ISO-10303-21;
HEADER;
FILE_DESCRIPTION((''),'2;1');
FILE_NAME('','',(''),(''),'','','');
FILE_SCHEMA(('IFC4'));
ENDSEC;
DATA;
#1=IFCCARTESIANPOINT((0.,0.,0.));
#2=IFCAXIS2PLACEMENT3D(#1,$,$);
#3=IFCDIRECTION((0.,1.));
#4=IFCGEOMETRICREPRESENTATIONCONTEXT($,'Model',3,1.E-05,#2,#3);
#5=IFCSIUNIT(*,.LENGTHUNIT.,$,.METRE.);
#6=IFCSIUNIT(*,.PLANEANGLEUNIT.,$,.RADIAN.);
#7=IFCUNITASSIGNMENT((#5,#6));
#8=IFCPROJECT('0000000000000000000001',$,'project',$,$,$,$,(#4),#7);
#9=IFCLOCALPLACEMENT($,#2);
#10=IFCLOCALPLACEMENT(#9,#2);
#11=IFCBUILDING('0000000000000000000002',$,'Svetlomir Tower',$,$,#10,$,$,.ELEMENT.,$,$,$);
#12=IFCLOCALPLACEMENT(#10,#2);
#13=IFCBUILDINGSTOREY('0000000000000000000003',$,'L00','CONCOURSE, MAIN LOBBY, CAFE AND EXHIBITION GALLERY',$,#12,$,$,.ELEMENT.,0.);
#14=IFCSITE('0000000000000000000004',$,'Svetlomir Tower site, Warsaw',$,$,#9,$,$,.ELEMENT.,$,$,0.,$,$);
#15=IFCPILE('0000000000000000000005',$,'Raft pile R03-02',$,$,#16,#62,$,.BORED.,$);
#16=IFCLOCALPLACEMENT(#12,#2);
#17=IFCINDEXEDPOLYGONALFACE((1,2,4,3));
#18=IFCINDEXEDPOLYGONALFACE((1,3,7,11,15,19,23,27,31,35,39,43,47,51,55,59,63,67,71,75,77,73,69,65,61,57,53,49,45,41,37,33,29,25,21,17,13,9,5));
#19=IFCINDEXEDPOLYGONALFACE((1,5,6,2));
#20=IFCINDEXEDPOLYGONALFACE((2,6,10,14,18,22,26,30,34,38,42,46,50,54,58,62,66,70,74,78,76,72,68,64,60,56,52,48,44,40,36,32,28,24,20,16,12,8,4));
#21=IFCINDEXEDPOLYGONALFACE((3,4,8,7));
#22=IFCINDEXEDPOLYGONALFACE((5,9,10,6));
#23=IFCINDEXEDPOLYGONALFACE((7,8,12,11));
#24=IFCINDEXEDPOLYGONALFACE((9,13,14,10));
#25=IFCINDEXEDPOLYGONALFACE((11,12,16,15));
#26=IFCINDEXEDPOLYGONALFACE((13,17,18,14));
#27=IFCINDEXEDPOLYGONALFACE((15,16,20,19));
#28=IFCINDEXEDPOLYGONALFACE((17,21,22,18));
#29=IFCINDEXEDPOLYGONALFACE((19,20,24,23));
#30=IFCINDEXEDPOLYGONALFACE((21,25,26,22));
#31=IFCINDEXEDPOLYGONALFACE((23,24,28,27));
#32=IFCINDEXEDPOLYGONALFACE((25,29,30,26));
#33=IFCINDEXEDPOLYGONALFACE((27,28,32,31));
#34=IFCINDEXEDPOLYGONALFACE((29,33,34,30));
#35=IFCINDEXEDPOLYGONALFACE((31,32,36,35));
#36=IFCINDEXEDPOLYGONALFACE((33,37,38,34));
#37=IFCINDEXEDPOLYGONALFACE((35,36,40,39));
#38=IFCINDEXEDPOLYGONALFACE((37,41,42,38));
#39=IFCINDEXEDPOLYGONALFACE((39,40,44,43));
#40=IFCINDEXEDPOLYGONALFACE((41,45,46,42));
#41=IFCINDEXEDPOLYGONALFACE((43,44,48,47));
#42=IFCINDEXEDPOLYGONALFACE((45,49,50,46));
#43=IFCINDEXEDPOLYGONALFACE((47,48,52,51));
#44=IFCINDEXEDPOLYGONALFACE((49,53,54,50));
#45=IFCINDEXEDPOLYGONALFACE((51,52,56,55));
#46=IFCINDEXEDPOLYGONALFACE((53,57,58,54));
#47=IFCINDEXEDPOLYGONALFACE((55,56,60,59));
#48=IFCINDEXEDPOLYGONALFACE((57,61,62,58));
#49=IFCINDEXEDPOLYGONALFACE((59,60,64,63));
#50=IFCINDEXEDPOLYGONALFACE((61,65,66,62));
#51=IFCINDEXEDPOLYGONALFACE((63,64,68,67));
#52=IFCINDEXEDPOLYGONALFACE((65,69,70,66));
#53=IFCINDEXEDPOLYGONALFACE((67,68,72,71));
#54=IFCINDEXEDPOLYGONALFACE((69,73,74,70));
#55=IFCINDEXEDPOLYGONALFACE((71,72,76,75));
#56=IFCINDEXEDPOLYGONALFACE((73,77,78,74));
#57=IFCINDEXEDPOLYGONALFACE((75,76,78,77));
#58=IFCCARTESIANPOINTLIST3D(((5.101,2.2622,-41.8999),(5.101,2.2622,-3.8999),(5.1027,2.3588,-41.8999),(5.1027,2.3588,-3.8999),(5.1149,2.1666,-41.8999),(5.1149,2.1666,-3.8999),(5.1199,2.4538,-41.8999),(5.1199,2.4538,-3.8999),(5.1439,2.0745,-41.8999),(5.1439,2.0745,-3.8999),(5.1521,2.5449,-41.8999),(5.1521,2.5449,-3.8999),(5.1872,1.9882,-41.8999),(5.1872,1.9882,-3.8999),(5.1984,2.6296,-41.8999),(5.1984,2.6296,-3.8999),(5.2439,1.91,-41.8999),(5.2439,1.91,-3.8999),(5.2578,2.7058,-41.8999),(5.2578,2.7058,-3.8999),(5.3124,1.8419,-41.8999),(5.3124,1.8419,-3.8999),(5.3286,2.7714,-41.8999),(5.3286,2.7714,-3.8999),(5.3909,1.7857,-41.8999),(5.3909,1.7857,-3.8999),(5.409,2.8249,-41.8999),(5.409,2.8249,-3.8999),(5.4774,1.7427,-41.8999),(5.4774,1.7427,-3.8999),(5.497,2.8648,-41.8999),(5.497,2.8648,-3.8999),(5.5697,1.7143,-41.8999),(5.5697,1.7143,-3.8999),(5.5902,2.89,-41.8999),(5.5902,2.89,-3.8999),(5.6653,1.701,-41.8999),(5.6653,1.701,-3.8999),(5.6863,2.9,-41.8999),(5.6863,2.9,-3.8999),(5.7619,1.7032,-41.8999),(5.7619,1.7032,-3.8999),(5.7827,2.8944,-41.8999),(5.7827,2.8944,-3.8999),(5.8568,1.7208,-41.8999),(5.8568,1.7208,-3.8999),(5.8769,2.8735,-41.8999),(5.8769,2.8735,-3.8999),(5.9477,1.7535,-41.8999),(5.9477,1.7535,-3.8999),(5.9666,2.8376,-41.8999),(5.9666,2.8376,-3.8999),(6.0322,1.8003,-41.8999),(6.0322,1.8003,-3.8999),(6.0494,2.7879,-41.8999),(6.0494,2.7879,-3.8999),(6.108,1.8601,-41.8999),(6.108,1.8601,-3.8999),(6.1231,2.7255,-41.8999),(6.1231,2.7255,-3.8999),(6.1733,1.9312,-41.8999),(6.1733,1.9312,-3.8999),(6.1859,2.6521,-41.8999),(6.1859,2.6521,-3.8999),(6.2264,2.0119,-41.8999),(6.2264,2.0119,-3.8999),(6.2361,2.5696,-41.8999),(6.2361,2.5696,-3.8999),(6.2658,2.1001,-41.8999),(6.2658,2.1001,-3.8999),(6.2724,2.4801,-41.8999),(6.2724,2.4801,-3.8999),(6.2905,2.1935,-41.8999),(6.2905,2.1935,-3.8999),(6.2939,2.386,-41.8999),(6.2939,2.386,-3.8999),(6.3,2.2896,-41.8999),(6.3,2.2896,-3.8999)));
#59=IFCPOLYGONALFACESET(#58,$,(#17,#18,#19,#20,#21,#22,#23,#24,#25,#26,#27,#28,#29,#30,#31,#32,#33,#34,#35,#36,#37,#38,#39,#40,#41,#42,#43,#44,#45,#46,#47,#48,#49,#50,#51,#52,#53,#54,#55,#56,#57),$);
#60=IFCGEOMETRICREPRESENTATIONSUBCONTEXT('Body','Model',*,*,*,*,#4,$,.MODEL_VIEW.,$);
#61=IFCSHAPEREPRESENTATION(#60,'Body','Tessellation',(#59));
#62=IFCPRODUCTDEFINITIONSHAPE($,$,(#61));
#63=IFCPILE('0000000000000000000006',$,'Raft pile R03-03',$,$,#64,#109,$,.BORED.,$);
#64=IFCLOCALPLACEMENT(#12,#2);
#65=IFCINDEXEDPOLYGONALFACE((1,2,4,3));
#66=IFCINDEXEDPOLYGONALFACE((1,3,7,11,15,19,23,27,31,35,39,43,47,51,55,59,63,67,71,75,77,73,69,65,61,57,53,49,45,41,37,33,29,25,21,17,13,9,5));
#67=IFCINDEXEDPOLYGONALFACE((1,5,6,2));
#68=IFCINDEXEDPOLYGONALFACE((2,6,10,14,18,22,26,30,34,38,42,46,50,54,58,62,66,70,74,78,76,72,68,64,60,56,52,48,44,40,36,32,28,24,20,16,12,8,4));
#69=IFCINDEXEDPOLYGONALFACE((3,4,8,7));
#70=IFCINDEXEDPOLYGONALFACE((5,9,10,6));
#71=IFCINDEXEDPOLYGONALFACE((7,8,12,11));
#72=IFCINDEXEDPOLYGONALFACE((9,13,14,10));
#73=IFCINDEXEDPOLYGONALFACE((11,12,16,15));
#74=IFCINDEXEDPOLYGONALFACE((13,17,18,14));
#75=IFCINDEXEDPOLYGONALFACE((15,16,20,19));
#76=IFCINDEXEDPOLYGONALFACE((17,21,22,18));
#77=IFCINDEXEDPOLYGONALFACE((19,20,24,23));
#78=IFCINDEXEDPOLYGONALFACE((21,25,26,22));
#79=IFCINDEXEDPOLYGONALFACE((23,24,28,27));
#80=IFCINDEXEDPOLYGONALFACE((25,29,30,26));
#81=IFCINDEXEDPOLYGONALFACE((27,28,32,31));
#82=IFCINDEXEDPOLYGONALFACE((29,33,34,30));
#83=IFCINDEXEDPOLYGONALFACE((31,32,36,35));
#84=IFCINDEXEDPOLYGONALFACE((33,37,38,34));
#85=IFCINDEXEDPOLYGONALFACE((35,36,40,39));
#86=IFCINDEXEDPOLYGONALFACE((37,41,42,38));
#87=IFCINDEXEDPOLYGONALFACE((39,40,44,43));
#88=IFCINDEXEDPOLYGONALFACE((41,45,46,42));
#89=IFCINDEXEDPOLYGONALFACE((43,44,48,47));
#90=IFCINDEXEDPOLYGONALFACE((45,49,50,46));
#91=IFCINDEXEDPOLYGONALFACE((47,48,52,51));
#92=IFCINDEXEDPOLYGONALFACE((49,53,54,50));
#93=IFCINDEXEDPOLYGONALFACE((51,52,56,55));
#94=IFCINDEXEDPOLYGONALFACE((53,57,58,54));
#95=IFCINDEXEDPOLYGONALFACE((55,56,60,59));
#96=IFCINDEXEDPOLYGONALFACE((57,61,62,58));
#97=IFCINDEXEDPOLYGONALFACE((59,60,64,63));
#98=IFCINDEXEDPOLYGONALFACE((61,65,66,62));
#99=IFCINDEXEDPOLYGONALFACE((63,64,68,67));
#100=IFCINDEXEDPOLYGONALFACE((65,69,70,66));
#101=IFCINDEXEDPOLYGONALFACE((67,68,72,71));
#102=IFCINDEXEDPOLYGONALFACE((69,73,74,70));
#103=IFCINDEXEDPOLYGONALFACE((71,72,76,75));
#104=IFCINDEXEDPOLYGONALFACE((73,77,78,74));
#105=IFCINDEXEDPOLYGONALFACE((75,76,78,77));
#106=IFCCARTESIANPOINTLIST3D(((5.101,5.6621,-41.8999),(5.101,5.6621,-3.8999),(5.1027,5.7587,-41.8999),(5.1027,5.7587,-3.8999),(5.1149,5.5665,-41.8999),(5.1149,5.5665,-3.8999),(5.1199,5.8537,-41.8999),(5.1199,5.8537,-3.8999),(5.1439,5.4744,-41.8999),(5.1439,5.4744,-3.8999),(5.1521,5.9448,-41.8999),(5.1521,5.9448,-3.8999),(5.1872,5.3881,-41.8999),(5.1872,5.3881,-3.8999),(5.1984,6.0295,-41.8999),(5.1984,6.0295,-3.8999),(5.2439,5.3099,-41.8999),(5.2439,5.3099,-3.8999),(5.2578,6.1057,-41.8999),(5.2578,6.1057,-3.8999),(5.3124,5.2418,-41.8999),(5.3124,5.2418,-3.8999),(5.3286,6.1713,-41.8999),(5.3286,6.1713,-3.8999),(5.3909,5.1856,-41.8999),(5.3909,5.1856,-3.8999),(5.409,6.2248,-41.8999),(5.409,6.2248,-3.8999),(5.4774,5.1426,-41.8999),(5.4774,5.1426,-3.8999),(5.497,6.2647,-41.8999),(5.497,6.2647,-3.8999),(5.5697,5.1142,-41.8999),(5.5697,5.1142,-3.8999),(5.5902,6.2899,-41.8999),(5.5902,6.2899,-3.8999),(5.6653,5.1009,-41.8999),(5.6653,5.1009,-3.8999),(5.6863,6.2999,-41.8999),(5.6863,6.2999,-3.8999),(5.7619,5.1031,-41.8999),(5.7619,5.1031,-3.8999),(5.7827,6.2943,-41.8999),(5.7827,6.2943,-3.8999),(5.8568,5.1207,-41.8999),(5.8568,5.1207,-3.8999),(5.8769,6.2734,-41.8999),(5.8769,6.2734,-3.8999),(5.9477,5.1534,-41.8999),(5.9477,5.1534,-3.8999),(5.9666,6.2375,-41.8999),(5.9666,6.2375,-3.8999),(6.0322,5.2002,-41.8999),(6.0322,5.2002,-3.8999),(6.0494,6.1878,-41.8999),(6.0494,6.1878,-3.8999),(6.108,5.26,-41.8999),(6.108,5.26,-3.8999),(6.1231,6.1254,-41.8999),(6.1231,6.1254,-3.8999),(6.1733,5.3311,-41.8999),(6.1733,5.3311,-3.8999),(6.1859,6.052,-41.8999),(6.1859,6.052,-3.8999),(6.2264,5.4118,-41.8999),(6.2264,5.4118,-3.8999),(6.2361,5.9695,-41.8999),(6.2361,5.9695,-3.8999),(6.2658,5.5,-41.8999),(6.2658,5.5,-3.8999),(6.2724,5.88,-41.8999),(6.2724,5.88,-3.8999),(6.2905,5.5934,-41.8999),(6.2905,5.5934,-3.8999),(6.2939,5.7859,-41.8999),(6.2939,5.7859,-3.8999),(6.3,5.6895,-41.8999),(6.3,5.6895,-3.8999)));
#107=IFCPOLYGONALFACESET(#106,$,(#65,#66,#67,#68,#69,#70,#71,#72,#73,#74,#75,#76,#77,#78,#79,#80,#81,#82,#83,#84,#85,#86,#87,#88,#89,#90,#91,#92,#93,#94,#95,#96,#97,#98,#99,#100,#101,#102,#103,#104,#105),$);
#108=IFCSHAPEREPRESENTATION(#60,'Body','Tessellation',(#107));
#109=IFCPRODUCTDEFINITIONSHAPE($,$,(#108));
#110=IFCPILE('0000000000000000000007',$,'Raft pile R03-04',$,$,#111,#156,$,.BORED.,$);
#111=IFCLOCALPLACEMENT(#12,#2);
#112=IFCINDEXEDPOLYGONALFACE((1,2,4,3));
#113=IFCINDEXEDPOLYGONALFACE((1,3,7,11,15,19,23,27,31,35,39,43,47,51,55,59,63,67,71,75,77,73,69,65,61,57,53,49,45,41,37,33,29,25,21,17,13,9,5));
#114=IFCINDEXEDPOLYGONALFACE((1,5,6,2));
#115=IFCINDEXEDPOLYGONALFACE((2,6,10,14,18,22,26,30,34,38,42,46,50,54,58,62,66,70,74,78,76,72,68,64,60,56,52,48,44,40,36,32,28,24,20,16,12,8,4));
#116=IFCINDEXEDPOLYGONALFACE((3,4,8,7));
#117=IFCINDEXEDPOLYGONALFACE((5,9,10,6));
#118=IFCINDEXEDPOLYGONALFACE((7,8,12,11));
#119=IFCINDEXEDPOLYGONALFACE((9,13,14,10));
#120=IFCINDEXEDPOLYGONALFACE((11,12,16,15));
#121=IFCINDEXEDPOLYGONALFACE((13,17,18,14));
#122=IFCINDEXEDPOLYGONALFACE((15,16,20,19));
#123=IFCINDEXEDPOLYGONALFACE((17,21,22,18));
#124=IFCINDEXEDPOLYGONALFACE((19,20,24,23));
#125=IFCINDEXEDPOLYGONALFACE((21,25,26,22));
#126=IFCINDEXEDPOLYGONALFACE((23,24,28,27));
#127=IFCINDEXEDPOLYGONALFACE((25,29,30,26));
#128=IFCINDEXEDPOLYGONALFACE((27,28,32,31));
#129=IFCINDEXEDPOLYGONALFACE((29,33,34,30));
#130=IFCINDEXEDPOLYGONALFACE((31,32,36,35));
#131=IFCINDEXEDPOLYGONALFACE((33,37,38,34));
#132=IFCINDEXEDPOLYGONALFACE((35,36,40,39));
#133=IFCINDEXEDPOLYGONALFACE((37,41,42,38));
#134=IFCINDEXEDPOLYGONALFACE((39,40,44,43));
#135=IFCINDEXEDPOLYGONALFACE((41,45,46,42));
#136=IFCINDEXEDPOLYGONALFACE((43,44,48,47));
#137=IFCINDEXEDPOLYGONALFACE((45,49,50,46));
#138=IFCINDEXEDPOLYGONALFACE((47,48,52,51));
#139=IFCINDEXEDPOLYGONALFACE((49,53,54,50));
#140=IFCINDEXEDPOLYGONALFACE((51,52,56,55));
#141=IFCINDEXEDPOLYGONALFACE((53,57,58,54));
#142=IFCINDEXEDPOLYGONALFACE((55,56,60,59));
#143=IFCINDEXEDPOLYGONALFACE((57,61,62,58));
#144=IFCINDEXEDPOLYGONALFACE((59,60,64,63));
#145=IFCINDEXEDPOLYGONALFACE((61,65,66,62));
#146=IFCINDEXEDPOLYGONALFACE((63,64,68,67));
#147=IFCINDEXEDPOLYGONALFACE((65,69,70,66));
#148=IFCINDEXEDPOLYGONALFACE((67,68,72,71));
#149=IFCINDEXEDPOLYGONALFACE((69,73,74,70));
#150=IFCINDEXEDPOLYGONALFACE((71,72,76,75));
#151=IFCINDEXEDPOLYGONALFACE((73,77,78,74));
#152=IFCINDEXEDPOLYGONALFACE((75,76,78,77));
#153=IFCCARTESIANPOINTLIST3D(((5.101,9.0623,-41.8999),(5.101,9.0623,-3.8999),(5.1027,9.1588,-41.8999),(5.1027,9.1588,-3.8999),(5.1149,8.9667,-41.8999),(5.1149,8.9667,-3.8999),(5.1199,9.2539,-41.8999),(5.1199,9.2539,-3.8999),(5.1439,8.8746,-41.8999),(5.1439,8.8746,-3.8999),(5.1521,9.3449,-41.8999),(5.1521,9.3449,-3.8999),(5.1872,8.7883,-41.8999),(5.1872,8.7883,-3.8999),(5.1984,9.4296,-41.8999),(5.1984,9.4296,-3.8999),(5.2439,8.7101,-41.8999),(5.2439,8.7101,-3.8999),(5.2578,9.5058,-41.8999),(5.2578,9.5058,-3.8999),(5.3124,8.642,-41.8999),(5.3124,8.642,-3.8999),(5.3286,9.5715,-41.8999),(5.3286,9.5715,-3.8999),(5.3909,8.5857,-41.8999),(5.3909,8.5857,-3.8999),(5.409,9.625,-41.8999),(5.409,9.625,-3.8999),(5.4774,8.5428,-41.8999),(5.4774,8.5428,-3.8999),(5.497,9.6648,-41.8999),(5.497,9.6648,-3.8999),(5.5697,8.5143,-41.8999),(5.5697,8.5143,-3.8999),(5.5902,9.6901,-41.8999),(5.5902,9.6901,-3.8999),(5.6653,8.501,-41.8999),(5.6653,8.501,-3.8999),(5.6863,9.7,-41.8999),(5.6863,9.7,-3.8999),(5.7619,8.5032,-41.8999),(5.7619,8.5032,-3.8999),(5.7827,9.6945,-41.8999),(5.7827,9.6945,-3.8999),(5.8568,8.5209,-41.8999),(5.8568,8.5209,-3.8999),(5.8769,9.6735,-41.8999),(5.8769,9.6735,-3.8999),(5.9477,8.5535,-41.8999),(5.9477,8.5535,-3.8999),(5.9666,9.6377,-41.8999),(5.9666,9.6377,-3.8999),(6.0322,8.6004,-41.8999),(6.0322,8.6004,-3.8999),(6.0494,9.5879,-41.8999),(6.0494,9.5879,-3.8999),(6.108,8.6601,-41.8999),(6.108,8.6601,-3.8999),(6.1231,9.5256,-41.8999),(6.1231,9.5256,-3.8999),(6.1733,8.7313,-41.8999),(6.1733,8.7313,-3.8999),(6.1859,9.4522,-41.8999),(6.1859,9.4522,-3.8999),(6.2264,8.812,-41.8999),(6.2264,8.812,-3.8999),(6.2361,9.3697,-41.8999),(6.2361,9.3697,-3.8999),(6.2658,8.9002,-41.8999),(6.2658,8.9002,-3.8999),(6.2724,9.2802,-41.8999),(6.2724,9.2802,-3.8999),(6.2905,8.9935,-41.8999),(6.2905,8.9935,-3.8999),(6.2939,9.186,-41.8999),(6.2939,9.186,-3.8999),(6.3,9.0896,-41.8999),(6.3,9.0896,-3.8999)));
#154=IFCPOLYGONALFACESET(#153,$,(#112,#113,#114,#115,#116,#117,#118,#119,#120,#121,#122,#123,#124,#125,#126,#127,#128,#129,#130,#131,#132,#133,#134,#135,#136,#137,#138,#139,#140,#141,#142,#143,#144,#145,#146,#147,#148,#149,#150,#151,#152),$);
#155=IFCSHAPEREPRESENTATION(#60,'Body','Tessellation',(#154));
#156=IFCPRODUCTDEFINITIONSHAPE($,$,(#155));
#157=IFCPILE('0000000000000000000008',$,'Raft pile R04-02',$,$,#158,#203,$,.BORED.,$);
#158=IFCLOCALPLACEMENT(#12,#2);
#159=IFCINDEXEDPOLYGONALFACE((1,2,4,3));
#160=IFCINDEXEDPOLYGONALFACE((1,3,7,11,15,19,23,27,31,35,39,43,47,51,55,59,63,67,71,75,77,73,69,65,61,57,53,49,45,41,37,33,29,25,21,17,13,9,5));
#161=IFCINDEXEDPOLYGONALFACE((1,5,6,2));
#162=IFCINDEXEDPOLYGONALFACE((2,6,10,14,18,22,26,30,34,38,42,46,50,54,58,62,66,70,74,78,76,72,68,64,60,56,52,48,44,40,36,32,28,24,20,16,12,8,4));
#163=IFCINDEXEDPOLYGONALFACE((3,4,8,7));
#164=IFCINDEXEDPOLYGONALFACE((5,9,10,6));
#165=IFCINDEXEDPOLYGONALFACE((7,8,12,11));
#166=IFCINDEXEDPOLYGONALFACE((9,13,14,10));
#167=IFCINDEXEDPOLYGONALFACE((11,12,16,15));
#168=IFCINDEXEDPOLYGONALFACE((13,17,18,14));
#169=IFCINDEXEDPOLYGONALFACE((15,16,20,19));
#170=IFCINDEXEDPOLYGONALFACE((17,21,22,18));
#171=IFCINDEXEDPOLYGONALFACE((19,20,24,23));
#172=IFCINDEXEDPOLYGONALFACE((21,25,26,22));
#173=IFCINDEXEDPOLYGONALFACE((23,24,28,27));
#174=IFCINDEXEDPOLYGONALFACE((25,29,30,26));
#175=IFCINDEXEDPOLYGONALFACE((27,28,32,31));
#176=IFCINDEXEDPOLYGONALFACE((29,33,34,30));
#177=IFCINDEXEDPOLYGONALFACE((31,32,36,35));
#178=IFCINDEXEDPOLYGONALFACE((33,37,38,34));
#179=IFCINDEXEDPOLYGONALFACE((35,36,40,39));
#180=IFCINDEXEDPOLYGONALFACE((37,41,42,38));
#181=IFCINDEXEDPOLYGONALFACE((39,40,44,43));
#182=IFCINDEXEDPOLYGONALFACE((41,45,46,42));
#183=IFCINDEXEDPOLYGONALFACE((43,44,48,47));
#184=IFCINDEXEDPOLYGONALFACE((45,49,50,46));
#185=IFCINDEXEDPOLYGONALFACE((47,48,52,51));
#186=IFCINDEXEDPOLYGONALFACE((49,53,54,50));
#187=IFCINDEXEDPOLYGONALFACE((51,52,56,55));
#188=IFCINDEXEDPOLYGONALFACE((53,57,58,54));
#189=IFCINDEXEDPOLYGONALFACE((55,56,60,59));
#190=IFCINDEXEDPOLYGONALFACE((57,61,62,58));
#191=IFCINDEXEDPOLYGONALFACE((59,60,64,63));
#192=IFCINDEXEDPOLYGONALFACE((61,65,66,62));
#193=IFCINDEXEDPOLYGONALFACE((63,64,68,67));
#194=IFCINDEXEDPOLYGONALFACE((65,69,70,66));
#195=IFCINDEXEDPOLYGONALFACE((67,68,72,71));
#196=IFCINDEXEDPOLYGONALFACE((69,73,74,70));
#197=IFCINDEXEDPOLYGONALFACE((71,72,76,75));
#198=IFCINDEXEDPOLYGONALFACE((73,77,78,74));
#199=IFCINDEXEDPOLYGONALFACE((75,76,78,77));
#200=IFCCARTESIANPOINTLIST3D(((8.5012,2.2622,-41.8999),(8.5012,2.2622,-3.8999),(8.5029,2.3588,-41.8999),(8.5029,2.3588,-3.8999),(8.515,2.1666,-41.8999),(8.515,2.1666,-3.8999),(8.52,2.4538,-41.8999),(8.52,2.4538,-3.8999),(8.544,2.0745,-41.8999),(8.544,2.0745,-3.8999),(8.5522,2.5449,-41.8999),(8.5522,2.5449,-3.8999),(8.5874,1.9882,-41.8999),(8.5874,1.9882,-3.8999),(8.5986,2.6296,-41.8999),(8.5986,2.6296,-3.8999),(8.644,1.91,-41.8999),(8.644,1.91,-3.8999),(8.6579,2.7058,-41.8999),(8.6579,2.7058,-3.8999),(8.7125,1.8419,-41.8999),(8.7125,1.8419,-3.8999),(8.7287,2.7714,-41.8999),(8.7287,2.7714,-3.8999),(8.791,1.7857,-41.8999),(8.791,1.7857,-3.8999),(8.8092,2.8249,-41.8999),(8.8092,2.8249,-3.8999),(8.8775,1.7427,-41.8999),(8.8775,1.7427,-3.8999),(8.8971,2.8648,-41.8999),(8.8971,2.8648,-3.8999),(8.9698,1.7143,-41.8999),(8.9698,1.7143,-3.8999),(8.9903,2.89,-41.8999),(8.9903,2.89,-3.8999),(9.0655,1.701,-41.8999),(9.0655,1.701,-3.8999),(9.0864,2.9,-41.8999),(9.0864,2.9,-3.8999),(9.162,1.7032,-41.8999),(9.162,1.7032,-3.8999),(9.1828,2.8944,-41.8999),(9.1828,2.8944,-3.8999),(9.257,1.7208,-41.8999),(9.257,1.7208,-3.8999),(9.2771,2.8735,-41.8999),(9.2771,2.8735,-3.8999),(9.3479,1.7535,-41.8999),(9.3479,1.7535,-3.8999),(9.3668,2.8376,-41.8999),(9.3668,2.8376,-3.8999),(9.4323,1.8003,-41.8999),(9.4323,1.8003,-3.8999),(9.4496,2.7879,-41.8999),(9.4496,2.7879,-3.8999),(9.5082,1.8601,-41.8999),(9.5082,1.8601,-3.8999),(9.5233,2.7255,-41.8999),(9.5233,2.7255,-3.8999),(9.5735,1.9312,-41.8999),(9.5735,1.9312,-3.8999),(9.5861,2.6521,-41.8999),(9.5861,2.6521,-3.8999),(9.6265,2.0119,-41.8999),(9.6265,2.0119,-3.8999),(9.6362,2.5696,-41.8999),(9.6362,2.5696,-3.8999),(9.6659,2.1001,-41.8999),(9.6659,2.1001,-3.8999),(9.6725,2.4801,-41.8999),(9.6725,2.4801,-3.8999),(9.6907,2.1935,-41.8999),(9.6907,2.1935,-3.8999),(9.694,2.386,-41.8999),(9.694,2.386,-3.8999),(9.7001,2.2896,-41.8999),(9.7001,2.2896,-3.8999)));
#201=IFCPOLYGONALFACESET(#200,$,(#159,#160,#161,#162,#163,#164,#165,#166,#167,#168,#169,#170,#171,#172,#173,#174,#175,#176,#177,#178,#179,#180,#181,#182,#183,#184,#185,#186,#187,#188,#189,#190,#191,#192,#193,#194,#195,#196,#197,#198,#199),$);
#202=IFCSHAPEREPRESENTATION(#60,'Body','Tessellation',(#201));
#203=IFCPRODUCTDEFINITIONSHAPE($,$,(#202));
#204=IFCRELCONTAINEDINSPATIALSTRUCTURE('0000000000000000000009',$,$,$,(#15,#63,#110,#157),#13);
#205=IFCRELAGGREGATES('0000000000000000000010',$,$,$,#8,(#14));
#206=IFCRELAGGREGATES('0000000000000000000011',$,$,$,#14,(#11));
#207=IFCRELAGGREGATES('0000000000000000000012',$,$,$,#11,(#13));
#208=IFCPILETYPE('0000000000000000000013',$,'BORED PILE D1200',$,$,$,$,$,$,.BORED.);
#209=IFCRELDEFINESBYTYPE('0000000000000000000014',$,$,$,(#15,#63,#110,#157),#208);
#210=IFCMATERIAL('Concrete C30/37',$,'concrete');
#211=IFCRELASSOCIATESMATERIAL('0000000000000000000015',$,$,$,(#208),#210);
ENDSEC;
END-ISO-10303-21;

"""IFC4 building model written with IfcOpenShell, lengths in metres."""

from ifc_helpers import new_model, si_unit, direction, frame, frame_2d, origin, origin_2d, place, context, subcontext, project, spatial, circle, extrude, material, material_profile, profile_set, type_object, element, save


model = new_model("IFC4")

# Units and contexts
model_context = context("Model", 3, precision=1e-05, world=origin(), true_north=direction((0.0, 1.0)))
body_context = subcontext(model_context, "Body", "Model", "MODEL_VIEW")
ifc_project = project(units=[si_unit("LENGTHUNIT", "METRE"), si_unit("PLANEANGLEUNIT", "RADIAN")], contexts=[model_context])

# Site, building, storey
site_placement = place(None, origin())
site = spatial("IfcSite", under=ifc_project, at=site_placement, Name="Svetlomir Tower site, Warsaw", CompositionType="ELEMENT", RefElevation=0.0)
building_placement = place(site_placement, origin())
building = spatial("IfcBuilding", under=site, at=building_placement, Name="Svetlomir Tower", CompositionType="ELEMENT")
storey_placement = place(building_placement, origin())
storey = spatial("IfcBuildingStorey", under=building, at=storey_placement, Name="L00", Description="CONCOURSE, MAIN LOBBY, CAFE AND EXHIBITION GALLERY", CompositionType="ELEMENT", Elevation=0.0)

# Piles
ifc_material_1 = material(Name="Concrete C30/37", Category="concrete")
ifc_material_profile_1 = material_profile(ifc_material_1, circle(Radius=0.6001, at=origin_2d()), Name="D1200")
ifc_profile_set_1 = profile_set([ifc_material_profile_1], Name="Concrete C30/37")
pile_type = type_object("IfcPileType", Name="BORED PILE D1200", PredefinedType="BORED", material=ifc_profile_set_1)
for number, where, z_axis, x_axis, name in (
    (1, (5.7, 2.3, -3.8999), (0.0, 0.0, -1.0), (1.0, 0.0, 0.0), "Raft pile R03-02"),
    (2, (5.7, 5.7, -3.8999), (0.0, 0.0, -1.0), (1.0, 0.0, 0.0), "Raft pile R03-03"),
    (3, (5.7, 9.1001, -3.8999), (0.0, 0.0, -1.0), (1.0, 0.0, 0.0), "Raft pile R03-04"),
    (4, (9.1001, 2.3, -3.8999), (0.0, 0.0, -1.0), (1.0, 0.0, 0.0), "Raft pile R04-02"),
):
    element("IfcPile", number, at=place(storey_placement, frame(where, z_axis=z_axis, x_axis=x_axis)), inside=storey, type_object=pile_type, Name=name, PredefinedType="BORED", context=body_context, shape_type="SweptSolid", body=[
        extrude(circle(Radius=0.6001, at=frame_2d((0.0, 0.0), x_axis=(0.999848, 0.017452))), origin(), (0.0, 0.0, 1.0), 38.0),
    ])

save(model, "model.ifc")
